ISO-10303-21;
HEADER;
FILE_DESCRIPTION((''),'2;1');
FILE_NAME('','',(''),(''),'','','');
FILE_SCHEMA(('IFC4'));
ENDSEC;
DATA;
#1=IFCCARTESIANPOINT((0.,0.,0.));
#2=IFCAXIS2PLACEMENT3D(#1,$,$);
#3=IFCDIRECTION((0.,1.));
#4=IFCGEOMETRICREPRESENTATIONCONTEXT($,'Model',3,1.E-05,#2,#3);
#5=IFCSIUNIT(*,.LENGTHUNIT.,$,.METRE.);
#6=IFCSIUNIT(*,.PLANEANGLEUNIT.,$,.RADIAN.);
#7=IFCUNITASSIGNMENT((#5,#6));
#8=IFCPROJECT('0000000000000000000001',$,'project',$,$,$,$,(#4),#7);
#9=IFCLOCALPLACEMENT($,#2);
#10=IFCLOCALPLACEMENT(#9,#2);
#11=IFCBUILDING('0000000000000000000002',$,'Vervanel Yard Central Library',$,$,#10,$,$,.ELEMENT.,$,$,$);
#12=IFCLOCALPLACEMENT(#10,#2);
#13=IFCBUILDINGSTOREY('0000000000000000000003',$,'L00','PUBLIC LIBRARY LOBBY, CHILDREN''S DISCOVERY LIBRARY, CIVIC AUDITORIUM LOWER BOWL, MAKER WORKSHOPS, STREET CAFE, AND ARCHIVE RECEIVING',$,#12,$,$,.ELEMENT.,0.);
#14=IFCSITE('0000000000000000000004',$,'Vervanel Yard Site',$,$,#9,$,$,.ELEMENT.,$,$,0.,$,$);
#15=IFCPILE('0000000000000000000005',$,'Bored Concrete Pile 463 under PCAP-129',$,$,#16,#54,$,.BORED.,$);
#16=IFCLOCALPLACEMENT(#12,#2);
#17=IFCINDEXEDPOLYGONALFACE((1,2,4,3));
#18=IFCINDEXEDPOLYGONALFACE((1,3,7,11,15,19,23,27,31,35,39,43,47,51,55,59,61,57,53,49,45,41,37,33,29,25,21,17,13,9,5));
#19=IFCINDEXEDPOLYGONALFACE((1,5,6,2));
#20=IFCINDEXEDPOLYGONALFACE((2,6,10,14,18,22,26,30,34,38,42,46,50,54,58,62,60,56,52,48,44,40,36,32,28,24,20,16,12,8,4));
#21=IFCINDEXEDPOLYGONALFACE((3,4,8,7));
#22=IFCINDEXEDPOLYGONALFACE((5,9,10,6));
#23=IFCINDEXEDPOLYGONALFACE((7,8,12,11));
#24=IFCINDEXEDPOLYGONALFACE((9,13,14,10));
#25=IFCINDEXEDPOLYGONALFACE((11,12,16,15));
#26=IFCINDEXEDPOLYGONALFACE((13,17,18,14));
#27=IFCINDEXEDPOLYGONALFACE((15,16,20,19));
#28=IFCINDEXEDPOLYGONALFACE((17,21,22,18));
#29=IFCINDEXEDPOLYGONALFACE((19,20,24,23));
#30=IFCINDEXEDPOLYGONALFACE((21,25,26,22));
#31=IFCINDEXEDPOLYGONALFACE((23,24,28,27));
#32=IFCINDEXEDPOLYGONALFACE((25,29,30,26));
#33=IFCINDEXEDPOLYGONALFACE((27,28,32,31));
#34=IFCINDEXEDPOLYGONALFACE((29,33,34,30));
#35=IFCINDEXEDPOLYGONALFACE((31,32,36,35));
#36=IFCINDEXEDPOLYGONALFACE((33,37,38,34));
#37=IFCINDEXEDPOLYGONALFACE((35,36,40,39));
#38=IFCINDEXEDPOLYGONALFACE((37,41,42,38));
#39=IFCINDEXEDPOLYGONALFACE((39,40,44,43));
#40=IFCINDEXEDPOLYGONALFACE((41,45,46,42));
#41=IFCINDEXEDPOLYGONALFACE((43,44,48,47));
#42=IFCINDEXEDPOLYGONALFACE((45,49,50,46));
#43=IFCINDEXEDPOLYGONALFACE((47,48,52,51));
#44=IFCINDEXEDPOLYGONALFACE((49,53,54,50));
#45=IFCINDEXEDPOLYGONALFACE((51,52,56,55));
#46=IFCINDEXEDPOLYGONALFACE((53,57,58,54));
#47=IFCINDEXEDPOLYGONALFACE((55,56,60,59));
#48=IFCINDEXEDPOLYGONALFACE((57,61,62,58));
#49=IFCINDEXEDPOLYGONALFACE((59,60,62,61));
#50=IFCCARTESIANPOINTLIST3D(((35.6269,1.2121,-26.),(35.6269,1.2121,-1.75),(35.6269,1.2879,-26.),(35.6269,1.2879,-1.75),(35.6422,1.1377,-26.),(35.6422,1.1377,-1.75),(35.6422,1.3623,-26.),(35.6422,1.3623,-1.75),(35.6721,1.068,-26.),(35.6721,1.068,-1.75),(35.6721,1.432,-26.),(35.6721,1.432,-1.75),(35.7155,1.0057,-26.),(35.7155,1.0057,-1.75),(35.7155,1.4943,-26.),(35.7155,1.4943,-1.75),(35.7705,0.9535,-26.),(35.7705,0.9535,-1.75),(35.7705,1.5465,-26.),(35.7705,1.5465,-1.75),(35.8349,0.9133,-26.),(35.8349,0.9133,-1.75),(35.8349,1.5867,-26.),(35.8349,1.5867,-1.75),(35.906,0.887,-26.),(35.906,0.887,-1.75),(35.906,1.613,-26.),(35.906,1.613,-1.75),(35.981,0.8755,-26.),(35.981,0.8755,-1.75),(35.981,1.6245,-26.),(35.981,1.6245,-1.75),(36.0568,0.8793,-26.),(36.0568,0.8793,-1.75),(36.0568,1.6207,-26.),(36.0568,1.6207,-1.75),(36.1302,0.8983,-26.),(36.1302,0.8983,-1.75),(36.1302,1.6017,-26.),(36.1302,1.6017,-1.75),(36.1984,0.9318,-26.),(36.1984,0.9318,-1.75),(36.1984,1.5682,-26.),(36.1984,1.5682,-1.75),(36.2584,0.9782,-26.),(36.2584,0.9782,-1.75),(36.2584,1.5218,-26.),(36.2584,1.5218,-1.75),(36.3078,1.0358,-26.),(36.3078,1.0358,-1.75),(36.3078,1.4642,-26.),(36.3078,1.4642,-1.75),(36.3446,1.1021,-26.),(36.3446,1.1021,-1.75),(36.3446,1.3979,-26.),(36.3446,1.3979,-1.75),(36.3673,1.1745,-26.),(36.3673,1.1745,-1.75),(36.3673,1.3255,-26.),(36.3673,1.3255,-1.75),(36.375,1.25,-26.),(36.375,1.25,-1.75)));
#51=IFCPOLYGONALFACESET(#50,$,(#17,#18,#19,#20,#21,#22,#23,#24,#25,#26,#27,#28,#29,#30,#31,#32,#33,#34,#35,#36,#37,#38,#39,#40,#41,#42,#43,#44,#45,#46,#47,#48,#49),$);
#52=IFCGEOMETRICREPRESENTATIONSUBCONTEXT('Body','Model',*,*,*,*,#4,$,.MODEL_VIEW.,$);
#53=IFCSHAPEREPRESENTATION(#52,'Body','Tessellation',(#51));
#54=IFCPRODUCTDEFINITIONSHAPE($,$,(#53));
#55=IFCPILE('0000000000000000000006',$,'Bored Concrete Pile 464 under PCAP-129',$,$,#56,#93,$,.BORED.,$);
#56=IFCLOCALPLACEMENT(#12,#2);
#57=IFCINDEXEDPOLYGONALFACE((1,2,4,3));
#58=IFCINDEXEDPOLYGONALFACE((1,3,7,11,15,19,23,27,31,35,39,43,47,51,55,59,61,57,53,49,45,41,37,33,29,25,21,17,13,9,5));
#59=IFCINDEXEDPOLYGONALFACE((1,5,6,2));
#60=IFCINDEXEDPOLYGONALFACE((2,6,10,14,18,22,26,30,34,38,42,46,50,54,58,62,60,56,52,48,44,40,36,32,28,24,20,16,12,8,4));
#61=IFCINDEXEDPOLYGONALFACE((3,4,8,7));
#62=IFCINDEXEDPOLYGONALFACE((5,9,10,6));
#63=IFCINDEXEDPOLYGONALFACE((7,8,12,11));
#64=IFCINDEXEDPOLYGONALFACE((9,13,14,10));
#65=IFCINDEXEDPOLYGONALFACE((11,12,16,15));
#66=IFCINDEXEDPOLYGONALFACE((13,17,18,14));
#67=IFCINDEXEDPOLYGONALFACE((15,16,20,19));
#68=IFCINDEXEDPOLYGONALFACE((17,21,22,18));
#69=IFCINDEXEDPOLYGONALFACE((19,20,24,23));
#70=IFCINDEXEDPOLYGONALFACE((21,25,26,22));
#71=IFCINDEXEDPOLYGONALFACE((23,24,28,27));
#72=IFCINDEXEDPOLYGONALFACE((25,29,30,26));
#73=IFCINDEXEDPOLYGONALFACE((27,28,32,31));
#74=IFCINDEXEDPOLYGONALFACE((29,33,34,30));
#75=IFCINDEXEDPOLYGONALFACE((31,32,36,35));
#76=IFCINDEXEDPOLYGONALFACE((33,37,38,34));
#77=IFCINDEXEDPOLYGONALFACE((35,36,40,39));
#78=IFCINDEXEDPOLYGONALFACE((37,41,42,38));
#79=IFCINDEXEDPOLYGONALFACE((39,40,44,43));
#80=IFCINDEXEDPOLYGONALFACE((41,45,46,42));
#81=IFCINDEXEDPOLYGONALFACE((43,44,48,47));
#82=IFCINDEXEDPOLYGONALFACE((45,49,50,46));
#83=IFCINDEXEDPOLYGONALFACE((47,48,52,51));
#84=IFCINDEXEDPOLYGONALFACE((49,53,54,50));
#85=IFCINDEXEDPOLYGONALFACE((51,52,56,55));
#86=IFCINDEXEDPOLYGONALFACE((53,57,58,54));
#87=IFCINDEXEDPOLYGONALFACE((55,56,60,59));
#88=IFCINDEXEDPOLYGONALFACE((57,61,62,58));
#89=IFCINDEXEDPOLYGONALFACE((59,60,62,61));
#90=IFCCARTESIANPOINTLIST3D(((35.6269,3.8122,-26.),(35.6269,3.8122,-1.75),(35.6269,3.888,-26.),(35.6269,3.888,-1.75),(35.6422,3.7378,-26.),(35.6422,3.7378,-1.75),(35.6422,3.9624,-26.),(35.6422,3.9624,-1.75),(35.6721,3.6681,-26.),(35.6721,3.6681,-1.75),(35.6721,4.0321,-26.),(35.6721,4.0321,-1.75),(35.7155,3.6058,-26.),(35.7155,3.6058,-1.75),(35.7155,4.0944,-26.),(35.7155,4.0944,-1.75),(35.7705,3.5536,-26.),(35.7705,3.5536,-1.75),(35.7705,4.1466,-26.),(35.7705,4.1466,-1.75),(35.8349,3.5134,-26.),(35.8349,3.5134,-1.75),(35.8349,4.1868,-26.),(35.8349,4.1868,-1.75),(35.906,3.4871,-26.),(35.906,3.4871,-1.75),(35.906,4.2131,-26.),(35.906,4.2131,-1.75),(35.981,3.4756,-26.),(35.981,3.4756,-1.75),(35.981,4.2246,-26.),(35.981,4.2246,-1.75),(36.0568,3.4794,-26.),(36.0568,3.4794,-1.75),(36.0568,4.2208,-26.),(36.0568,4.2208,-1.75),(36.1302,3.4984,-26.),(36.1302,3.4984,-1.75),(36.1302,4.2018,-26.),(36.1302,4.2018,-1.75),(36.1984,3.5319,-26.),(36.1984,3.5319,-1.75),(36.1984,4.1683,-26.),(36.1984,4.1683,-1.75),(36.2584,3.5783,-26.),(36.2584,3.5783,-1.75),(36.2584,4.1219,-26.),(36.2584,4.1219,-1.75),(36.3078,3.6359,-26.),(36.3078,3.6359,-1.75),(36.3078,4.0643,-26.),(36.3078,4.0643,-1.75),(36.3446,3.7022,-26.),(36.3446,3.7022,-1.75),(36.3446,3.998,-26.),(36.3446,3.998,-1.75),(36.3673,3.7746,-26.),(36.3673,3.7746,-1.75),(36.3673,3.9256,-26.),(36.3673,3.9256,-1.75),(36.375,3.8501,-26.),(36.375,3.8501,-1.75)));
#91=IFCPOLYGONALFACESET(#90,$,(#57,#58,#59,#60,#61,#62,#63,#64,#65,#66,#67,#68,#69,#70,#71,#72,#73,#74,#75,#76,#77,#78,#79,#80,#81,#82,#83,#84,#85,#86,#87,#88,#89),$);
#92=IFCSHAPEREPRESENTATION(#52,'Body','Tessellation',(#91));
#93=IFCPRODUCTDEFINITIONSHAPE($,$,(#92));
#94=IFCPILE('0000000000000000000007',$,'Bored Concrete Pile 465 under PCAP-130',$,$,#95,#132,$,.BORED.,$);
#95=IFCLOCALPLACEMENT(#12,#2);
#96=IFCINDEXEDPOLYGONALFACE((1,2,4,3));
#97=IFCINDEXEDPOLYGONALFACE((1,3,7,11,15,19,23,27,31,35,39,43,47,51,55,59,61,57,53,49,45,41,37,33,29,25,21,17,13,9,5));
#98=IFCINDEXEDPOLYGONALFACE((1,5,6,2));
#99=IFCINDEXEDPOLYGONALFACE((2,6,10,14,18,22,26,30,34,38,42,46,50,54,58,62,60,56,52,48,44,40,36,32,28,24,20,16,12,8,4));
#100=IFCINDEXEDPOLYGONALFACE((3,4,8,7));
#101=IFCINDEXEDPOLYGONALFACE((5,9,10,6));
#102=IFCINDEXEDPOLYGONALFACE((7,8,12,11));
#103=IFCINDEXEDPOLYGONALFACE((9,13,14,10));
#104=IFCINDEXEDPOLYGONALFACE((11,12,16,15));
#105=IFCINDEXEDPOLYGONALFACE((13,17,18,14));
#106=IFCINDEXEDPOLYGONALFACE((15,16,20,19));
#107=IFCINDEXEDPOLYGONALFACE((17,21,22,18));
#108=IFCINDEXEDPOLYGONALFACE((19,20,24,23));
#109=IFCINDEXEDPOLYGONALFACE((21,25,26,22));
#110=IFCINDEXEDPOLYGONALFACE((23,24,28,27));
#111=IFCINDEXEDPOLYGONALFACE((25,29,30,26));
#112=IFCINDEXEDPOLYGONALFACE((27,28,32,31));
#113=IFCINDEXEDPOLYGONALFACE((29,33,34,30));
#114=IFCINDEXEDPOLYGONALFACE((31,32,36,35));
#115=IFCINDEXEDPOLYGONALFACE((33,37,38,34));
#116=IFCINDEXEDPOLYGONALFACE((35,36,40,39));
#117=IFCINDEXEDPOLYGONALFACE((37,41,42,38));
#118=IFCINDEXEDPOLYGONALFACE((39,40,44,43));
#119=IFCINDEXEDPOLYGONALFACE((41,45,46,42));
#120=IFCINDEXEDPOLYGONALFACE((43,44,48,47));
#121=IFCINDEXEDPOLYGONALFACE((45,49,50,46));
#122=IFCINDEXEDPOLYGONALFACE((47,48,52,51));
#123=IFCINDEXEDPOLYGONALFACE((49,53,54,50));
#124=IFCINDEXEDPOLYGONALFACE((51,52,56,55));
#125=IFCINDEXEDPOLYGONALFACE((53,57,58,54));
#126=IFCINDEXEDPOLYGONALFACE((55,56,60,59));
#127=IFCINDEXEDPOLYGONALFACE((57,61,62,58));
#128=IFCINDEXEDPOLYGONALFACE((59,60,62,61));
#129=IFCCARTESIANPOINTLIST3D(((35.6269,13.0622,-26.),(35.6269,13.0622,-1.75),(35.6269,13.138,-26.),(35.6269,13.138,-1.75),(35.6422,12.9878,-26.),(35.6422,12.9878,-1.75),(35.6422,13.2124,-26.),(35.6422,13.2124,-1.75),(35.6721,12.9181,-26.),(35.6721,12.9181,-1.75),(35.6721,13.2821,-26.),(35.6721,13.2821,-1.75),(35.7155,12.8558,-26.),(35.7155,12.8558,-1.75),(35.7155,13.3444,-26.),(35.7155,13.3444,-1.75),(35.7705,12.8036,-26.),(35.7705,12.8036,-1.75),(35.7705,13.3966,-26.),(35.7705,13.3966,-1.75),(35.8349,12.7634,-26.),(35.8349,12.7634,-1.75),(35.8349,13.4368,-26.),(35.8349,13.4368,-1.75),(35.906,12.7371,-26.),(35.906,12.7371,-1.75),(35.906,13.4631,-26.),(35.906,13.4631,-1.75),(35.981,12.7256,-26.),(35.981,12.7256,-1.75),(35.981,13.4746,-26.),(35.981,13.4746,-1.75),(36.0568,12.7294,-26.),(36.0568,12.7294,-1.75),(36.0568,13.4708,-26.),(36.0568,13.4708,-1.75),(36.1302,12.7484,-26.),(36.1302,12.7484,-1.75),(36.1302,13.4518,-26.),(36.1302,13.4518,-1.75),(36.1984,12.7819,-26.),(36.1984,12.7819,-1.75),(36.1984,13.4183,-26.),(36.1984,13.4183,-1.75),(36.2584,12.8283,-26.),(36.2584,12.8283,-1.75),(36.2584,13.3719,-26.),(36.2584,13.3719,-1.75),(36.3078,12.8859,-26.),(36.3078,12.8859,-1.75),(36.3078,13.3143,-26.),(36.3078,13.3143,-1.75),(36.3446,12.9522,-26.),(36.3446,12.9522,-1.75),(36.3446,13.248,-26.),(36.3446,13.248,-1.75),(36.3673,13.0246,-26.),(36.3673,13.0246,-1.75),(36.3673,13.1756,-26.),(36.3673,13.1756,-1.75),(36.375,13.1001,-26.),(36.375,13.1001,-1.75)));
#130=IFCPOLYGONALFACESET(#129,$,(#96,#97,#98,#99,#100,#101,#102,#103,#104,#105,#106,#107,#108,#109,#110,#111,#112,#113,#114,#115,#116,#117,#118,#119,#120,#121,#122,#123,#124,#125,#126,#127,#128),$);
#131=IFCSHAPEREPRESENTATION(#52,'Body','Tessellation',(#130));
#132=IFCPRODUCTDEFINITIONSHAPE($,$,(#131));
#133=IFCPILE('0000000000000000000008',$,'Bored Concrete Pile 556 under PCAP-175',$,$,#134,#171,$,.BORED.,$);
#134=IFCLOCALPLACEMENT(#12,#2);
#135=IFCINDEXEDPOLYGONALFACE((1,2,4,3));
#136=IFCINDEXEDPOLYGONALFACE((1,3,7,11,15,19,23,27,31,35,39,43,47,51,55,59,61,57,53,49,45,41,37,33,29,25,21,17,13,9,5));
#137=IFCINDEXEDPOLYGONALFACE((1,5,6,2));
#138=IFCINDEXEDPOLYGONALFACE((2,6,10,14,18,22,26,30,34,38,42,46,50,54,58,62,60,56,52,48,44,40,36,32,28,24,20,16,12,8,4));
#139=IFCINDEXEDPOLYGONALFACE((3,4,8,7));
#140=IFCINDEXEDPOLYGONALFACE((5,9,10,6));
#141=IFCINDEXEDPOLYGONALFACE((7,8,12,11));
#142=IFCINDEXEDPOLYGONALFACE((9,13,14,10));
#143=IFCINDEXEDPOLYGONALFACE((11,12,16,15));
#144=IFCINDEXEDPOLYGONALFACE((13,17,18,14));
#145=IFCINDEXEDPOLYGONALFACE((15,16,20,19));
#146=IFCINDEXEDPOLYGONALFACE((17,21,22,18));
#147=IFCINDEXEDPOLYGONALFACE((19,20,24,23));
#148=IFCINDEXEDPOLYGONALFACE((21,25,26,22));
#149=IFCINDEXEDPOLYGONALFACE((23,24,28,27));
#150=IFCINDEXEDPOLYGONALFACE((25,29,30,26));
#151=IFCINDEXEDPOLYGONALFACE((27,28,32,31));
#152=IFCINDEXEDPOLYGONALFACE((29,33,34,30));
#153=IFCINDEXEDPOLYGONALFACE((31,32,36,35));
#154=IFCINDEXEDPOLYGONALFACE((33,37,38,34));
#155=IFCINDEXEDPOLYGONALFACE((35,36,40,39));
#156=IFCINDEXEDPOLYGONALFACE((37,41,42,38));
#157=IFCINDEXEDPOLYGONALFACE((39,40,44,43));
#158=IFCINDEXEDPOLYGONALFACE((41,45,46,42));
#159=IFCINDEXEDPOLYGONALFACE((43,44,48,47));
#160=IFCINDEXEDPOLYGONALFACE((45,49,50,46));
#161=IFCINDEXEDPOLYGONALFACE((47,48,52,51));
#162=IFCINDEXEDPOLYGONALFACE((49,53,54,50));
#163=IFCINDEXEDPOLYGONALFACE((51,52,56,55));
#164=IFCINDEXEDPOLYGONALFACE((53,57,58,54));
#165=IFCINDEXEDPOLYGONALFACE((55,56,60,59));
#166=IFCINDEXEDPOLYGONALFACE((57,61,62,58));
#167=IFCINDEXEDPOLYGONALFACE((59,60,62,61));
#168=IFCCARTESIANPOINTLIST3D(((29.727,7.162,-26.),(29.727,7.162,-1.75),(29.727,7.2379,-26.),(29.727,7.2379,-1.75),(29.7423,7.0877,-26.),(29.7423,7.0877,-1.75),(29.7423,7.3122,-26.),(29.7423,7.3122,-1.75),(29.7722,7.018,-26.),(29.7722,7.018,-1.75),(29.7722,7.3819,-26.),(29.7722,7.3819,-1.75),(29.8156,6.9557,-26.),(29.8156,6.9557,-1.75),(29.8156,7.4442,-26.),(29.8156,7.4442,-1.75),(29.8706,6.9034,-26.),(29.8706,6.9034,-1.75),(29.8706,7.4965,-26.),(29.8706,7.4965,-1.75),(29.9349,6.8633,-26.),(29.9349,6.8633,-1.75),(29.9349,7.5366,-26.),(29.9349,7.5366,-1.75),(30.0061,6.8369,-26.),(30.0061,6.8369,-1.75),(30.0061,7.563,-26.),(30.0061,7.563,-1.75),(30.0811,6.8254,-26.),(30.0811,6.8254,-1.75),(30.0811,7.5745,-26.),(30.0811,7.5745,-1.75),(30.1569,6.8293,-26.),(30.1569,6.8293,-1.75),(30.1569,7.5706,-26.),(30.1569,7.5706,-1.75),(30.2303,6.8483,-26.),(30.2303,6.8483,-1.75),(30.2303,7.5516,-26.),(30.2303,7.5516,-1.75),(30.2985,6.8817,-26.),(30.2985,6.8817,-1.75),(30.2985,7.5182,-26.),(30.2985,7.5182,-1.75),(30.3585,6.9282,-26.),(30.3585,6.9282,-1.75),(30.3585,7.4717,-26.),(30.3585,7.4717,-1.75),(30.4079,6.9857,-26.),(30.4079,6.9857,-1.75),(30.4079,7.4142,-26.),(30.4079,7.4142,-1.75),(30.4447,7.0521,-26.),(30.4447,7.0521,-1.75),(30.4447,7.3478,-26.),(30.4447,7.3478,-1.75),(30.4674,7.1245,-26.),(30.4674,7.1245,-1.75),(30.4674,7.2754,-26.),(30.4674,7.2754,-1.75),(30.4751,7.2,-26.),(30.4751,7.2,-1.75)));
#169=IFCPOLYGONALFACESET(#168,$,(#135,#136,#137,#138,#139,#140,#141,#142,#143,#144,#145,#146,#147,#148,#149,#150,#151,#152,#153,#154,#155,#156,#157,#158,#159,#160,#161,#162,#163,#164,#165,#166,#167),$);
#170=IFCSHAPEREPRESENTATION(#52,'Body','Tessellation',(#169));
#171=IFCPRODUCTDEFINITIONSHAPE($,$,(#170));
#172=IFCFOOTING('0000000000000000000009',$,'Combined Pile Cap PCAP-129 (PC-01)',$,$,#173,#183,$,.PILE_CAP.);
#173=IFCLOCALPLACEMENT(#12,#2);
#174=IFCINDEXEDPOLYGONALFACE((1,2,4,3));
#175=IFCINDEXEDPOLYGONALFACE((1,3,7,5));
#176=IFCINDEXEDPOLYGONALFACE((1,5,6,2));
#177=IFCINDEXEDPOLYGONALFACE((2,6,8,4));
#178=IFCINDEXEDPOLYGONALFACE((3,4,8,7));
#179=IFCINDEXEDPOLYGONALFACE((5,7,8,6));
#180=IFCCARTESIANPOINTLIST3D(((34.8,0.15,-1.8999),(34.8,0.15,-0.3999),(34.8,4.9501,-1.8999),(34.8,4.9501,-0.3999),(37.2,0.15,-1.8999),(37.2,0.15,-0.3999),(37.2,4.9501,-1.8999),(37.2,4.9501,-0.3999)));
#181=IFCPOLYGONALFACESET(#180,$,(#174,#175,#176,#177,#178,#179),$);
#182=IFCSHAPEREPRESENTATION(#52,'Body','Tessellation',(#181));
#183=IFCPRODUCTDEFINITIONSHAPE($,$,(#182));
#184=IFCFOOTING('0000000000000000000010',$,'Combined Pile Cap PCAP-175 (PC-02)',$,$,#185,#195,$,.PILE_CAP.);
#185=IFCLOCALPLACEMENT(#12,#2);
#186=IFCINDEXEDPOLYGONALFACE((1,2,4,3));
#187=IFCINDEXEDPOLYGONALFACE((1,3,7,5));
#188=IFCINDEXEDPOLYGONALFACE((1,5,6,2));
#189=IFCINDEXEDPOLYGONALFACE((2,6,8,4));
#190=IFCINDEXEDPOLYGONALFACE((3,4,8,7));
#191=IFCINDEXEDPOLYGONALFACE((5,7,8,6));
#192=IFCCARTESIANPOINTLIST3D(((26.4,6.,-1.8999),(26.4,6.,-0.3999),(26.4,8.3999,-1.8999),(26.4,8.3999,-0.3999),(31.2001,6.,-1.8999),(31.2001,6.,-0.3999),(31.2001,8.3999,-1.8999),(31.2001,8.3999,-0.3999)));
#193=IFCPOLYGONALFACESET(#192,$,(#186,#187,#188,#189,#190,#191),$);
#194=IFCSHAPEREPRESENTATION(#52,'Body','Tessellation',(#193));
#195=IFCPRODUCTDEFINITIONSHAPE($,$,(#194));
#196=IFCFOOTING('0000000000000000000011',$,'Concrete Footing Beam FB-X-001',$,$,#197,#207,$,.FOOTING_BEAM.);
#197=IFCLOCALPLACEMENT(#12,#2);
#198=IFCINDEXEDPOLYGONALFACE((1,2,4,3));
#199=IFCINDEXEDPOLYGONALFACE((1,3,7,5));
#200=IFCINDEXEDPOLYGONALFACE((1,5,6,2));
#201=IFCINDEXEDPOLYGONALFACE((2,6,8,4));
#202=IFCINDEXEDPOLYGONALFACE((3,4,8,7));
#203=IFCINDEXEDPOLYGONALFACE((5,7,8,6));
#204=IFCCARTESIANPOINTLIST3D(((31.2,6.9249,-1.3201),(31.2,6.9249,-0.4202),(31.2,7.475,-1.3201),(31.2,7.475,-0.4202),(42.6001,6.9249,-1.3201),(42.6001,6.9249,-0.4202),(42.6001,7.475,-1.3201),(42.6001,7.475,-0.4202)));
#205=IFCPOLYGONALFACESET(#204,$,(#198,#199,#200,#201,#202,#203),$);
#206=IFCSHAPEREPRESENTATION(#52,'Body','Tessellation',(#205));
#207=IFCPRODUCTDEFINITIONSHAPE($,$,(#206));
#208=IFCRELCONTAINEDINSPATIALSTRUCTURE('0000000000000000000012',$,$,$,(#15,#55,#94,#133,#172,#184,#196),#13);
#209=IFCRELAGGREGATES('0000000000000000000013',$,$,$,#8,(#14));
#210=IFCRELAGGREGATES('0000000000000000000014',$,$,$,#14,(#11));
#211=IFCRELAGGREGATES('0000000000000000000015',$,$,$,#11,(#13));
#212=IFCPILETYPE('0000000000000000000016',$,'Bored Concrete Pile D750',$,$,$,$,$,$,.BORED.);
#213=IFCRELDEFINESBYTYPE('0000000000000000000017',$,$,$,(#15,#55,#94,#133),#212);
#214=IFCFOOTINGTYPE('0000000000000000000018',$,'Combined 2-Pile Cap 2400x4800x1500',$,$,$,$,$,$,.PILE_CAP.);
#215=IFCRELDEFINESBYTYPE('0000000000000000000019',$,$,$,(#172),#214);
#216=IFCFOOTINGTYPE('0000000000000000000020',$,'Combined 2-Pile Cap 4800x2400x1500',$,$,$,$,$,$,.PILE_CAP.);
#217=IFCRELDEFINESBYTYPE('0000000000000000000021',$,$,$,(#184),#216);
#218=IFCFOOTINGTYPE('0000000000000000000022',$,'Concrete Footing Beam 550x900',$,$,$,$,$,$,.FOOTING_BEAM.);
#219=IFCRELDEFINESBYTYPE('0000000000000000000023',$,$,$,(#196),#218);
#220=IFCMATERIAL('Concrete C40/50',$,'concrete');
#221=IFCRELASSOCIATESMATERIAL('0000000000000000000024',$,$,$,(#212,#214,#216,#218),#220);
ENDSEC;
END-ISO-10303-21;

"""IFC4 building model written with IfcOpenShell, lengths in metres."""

from ifc_helpers import new_model, si_unit, direction, frame, origin, origin_2d, place, context, subcontext, project, spatial, rectangle, circle, extrude, material, material_profile, profile_set, type_object, element, save


model = new_model("IFC4")

# Units and contexts
model_context = context("Model", 3, precision=1e-05, world=origin(), true_north=direction((0.0, 1.0)))
body_context = subcontext(model_context, "Body", "Model", "MODEL_VIEW")
ifc_project = project(units=[si_unit("LENGTHUNIT", "METRE"), si_unit("PLANEANGLEUNIT", "RADIAN")], contexts=[model_context])

# Site, building, storey
site_placement = place(None, origin())
site = spatial("IfcSite", under=ifc_project, at=site_placement, Name="Vervanel Yard Site", CompositionType="ELEMENT", RefElevation=0.0)
building_placement = place(site_placement, origin())
building = spatial("IfcBuilding", under=site, at=building_placement, Name="Vervanel Yard Central Library", CompositionType="ELEMENT")
storey_placement = place(building_placement, origin())
storey = spatial("IfcBuildingStorey", under=building, at=storey_placement, Name="L00", Description="PUBLIC LIBRARY LOBBY, CHILDREN'S DISCOVERY LIBRARY, CIVIC AUDITORIUM LOWER BOWL, MAKER WORKSHOPS, STREET CAFE, AND ARCHIVE RECEIVING", CompositionType="ELEMENT", Elevation=0.0)

# Piles
ifc_material_1 = material(Name="Concrete C40/50", Category="concrete")
ifc_material_profile_1 = material_profile(ifc_material_1, circle(Radius=0.375, at=origin_2d()), Name="BP D750", Category="concrete")
ifc_profile_set_1 = profile_set([ifc_material_profile_1], Name="Concrete C40/50")
pile_type = type_object("IfcPileType", Name="Bored Concrete Pile D750", PredefinedType="BORED", material=ifc_profile_set_1)
for number, where, z_axis, x_axis, name in (
    (1, (36.0, 1.25, -1.75), (0.0, 0.0, -1.0), (1.0, 0.0, 0.0), "Bored Concrete Pile 463 under PCAP-129"),
    (2, (36.0, 3.8501, -1.75), (0.0, 0.0, -1.0), (1.0, 0.0, 0.0), "Bored Concrete Pile 464 under PCAP-129"),
    (3, (36.0, 13.1001, -1.75), (0.0, 0.0, -1.0), (1.0, 0.0, 0.0), "Bored Concrete Pile 465 under PCAP-130"),
    (4, (30.1001, 7.2, -1.75), (0.0, 0.0, -1.0), (1.0, 0.0, 0.0), "Bored Concrete Pile 556 under PCAP-175"),
):
    element("IfcPile", number, at=place(storey_placement, frame(where, z_axis=z_axis, x_axis=x_axis)), inside=storey, type_object=pile_type, Name=name, PredefinedType="BORED", context=body_context, shape_type="SweptSolid", body=[
        extrude(circle(Radius=0.375, at=origin_2d()), origin(), (0.0, 0.0, 1.0), 24.25),
    ])

# Footings
footing_type_1 = type_object("IfcFootingType", Name="Combined 2-Pile Cap 2400x4800x1500", PredefinedType="PILE_CAP", material=ifc_material_1)
footing_1_placement = place(storey_placement, frame((36.0, 2.55, -1.8999), z_axis=(0.0, 0.0, 1.0), x_axis=(1.0, 0.0, 0.0)))
element("IfcFooting", 5, at=footing_1_placement, inside=storey, type_object=footing_type_1, Name="Combined Pile Cap PCAP-129 (PC-01)", PredefinedType="PILE_CAP", context=body_context, shape_type="SweptSolid", body=[
    extrude(rectangle(XDim=2.3999, YDim=4.8, at=origin_2d()), origin(), (0.0, 0.0, 1.0), 1.5),
])
footing_type_2 = type_object("IfcFootingType", Name="Combined 2-Pile Cap 4800x2400x1500", PredefinedType="PILE_CAP", material=ifc_material_1)
footing_2_placement = place(storey_placement, frame((28.8, 7.2, -1.8999), z_axis=(0.0, 0.0, 1.0), x_axis=(1.0, 0.0, 0.0)))
element("IfcFooting", 6, at=footing_2_placement, inside=storey, type_object=footing_type_2, Name="Combined Pile Cap PCAP-175 (PC-02)", PredefinedType="PILE_CAP", context=body_context, shape_type="SweptSolid", body=[
    extrude(rectangle(XDim=4.8, YDim=2.3999, at=origin_2d()), origin(), (0.0, 0.0, 1.0), 1.5),
])
ifc_material_profile_2 = material_profile(ifc_material_1, rectangle(XDim=0.55, YDim=0.8999, at=origin_2d()), Name="RC 550x900", Category="concrete")
ifc_profile_set_2 = profile_set([ifc_material_profile_2], Name="Concrete C40/50")
footing_type_3 = type_object("IfcFootingType", Name="Concrete Footing Beam 550x900", PredefinedType="FOOTING_BEAM", material=ifc_profile_set_2)
footing_3_placement = place(storey_placement, frame((31.2, 7.2, -0.8701), z_axis=(1.0, 0.0, 0.0), x_axis=(0.0, 1.0, 0.0)))
element("IfcFooting", 7, at=footing_3_placement, inside=storey, type_object=footing_type_3, Name="Concrete Footing Beam FB-X-001", PredefinedType="FOOTING_BEAM", context=body_context, shape_type="SweptSolid", body=[
    extrude(rectangle(XDim=0.55, YDim=0.8999, at=origin_2d()), origin(), (0.0, 0.0, 1.0), 11.4001),
])

save(model, "model.ifc")
